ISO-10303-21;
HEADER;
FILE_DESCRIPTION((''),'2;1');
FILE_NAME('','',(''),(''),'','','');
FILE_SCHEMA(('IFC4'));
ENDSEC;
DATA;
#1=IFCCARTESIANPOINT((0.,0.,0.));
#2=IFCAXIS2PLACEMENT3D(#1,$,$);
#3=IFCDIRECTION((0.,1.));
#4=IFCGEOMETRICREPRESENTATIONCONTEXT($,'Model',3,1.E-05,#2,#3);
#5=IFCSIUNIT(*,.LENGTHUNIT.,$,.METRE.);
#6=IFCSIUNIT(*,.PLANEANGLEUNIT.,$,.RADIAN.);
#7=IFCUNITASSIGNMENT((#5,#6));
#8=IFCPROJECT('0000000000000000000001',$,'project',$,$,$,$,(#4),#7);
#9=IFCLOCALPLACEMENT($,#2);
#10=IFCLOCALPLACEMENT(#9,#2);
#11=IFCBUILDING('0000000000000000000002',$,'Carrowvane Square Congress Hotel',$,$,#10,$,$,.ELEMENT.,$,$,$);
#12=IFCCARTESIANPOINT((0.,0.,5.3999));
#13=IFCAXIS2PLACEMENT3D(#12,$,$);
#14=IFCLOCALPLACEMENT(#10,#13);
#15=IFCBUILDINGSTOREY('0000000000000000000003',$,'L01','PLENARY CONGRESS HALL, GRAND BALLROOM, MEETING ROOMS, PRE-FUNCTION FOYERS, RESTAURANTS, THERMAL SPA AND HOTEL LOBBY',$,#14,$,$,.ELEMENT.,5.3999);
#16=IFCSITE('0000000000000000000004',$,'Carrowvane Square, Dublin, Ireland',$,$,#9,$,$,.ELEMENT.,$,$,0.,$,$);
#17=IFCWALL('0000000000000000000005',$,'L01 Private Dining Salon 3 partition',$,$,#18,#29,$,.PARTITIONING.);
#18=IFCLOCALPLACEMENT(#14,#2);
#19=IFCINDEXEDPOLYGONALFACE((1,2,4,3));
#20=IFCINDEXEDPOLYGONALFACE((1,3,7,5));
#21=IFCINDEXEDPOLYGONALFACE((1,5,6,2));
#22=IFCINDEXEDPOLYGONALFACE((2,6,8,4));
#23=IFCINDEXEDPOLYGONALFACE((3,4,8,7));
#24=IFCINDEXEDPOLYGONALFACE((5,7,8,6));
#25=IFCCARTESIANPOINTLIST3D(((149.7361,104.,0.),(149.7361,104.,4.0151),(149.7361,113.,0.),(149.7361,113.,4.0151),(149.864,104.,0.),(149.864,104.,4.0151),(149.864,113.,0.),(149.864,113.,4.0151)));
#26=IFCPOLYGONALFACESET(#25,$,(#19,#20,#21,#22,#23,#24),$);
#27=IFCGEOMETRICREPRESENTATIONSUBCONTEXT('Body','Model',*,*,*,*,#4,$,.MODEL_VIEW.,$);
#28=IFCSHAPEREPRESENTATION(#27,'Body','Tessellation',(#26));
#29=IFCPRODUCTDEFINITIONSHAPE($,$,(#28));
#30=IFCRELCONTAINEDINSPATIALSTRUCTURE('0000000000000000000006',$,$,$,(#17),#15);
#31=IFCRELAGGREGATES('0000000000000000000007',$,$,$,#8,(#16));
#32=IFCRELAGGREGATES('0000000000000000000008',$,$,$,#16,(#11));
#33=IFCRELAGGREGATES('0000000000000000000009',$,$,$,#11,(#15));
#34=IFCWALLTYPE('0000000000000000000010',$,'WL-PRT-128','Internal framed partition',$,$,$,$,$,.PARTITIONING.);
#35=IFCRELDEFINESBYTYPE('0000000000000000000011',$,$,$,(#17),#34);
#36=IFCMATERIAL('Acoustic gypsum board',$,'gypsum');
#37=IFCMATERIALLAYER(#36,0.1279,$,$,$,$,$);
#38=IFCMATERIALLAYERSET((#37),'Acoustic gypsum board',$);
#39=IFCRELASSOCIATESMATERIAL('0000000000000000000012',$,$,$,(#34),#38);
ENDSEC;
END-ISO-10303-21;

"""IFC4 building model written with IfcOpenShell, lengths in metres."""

from ifc_helpers import new_model, si_unit, direction, frame, frame_2d, origin, place, context, subcontext, project, spatial, rectangle, extrude, material, layer, layer_set, type_object, element, save


model = new_model("IFC4")

# Units and contexts
model_context = context("Model", 3, precision=1e-05, world=origin(), true_north=direction((0.0, 1.0)))
body_context = subcontext(model_context, "Body", "Model", "MODEL_VIEW")
ifc_project = project(units=[si_unit("LENGTHUNIT", "METRE"), si_unit("PLANEANGLEUNIT", "RADIAN")], contexts=[model_context])

# Site, building, storey
site_placement = place(None, origin())
site = spatial("IfcSite", under=ifc_project, at=site_placement, Name="Carrowvane Square, Dublin, Ireland", CompositionType="ELEMENT", RefElevation=0.0)
building_placement = place(site_placement, origin())
building = spatial("IfcBuilding", under=site, at=building_placement, Name="Carrowvane Square Congress Hotel", CompositionType="ELEMENT")
storey_placement = place(building_placement, frame((0.0, 0.0, 5.3999)))
storey = spatial("IfcBuildingStorey", under=building, at=storey_placement, Name="L01", Description="PLENARY CONGRESS HALL, GRAND BALLROOM, MEETING ROOMS, PRE-FUNCTION FOYERS, RESTAURANTS, THERMAL SPA AND HOTEL LOBBY", CompositionType="ELEMENT", Elevation=5.3999)

# Wall
ifc_material_1 = material(Name="Acoustic gypsum board", Category="gypsum")
ifc_layer_1 = layer(ifc_material_1, 0.1279)
ifc_layer_set_1 = layer_set([ifc_layer_1], Name="Acoustic gypsum board")
wall_type_1 = type_object("IfcWallType", Name="WL-PRT-128", Description="Internal framed partition", PredefinedType="PARTITIONING", material=ifc_layer_set_1)
wall_1_placement = place(storey_placement, frame((149.8, 113.0, 0.0), z_axis=(0.0, 0.0, 1.0), x_axis=(0.0, -1.0, 0.0)))
element("IfcWall", 1, at=wall_1_placement, inside=storey, type_object=wall_type_1, Name="L01 Private Dining Salon 3 partition", PredefinedType="PARTITIONING", context=body_context, shape_type="SweptSolid", body=[
    extrude(rectangle(XDim=9.0, YDim=0.1279, at=frame_2d((4.5, 0.0))), origin(), (0.0, 0.0, 1.0), 4.0151),
])

save(model, "model.ifc")
